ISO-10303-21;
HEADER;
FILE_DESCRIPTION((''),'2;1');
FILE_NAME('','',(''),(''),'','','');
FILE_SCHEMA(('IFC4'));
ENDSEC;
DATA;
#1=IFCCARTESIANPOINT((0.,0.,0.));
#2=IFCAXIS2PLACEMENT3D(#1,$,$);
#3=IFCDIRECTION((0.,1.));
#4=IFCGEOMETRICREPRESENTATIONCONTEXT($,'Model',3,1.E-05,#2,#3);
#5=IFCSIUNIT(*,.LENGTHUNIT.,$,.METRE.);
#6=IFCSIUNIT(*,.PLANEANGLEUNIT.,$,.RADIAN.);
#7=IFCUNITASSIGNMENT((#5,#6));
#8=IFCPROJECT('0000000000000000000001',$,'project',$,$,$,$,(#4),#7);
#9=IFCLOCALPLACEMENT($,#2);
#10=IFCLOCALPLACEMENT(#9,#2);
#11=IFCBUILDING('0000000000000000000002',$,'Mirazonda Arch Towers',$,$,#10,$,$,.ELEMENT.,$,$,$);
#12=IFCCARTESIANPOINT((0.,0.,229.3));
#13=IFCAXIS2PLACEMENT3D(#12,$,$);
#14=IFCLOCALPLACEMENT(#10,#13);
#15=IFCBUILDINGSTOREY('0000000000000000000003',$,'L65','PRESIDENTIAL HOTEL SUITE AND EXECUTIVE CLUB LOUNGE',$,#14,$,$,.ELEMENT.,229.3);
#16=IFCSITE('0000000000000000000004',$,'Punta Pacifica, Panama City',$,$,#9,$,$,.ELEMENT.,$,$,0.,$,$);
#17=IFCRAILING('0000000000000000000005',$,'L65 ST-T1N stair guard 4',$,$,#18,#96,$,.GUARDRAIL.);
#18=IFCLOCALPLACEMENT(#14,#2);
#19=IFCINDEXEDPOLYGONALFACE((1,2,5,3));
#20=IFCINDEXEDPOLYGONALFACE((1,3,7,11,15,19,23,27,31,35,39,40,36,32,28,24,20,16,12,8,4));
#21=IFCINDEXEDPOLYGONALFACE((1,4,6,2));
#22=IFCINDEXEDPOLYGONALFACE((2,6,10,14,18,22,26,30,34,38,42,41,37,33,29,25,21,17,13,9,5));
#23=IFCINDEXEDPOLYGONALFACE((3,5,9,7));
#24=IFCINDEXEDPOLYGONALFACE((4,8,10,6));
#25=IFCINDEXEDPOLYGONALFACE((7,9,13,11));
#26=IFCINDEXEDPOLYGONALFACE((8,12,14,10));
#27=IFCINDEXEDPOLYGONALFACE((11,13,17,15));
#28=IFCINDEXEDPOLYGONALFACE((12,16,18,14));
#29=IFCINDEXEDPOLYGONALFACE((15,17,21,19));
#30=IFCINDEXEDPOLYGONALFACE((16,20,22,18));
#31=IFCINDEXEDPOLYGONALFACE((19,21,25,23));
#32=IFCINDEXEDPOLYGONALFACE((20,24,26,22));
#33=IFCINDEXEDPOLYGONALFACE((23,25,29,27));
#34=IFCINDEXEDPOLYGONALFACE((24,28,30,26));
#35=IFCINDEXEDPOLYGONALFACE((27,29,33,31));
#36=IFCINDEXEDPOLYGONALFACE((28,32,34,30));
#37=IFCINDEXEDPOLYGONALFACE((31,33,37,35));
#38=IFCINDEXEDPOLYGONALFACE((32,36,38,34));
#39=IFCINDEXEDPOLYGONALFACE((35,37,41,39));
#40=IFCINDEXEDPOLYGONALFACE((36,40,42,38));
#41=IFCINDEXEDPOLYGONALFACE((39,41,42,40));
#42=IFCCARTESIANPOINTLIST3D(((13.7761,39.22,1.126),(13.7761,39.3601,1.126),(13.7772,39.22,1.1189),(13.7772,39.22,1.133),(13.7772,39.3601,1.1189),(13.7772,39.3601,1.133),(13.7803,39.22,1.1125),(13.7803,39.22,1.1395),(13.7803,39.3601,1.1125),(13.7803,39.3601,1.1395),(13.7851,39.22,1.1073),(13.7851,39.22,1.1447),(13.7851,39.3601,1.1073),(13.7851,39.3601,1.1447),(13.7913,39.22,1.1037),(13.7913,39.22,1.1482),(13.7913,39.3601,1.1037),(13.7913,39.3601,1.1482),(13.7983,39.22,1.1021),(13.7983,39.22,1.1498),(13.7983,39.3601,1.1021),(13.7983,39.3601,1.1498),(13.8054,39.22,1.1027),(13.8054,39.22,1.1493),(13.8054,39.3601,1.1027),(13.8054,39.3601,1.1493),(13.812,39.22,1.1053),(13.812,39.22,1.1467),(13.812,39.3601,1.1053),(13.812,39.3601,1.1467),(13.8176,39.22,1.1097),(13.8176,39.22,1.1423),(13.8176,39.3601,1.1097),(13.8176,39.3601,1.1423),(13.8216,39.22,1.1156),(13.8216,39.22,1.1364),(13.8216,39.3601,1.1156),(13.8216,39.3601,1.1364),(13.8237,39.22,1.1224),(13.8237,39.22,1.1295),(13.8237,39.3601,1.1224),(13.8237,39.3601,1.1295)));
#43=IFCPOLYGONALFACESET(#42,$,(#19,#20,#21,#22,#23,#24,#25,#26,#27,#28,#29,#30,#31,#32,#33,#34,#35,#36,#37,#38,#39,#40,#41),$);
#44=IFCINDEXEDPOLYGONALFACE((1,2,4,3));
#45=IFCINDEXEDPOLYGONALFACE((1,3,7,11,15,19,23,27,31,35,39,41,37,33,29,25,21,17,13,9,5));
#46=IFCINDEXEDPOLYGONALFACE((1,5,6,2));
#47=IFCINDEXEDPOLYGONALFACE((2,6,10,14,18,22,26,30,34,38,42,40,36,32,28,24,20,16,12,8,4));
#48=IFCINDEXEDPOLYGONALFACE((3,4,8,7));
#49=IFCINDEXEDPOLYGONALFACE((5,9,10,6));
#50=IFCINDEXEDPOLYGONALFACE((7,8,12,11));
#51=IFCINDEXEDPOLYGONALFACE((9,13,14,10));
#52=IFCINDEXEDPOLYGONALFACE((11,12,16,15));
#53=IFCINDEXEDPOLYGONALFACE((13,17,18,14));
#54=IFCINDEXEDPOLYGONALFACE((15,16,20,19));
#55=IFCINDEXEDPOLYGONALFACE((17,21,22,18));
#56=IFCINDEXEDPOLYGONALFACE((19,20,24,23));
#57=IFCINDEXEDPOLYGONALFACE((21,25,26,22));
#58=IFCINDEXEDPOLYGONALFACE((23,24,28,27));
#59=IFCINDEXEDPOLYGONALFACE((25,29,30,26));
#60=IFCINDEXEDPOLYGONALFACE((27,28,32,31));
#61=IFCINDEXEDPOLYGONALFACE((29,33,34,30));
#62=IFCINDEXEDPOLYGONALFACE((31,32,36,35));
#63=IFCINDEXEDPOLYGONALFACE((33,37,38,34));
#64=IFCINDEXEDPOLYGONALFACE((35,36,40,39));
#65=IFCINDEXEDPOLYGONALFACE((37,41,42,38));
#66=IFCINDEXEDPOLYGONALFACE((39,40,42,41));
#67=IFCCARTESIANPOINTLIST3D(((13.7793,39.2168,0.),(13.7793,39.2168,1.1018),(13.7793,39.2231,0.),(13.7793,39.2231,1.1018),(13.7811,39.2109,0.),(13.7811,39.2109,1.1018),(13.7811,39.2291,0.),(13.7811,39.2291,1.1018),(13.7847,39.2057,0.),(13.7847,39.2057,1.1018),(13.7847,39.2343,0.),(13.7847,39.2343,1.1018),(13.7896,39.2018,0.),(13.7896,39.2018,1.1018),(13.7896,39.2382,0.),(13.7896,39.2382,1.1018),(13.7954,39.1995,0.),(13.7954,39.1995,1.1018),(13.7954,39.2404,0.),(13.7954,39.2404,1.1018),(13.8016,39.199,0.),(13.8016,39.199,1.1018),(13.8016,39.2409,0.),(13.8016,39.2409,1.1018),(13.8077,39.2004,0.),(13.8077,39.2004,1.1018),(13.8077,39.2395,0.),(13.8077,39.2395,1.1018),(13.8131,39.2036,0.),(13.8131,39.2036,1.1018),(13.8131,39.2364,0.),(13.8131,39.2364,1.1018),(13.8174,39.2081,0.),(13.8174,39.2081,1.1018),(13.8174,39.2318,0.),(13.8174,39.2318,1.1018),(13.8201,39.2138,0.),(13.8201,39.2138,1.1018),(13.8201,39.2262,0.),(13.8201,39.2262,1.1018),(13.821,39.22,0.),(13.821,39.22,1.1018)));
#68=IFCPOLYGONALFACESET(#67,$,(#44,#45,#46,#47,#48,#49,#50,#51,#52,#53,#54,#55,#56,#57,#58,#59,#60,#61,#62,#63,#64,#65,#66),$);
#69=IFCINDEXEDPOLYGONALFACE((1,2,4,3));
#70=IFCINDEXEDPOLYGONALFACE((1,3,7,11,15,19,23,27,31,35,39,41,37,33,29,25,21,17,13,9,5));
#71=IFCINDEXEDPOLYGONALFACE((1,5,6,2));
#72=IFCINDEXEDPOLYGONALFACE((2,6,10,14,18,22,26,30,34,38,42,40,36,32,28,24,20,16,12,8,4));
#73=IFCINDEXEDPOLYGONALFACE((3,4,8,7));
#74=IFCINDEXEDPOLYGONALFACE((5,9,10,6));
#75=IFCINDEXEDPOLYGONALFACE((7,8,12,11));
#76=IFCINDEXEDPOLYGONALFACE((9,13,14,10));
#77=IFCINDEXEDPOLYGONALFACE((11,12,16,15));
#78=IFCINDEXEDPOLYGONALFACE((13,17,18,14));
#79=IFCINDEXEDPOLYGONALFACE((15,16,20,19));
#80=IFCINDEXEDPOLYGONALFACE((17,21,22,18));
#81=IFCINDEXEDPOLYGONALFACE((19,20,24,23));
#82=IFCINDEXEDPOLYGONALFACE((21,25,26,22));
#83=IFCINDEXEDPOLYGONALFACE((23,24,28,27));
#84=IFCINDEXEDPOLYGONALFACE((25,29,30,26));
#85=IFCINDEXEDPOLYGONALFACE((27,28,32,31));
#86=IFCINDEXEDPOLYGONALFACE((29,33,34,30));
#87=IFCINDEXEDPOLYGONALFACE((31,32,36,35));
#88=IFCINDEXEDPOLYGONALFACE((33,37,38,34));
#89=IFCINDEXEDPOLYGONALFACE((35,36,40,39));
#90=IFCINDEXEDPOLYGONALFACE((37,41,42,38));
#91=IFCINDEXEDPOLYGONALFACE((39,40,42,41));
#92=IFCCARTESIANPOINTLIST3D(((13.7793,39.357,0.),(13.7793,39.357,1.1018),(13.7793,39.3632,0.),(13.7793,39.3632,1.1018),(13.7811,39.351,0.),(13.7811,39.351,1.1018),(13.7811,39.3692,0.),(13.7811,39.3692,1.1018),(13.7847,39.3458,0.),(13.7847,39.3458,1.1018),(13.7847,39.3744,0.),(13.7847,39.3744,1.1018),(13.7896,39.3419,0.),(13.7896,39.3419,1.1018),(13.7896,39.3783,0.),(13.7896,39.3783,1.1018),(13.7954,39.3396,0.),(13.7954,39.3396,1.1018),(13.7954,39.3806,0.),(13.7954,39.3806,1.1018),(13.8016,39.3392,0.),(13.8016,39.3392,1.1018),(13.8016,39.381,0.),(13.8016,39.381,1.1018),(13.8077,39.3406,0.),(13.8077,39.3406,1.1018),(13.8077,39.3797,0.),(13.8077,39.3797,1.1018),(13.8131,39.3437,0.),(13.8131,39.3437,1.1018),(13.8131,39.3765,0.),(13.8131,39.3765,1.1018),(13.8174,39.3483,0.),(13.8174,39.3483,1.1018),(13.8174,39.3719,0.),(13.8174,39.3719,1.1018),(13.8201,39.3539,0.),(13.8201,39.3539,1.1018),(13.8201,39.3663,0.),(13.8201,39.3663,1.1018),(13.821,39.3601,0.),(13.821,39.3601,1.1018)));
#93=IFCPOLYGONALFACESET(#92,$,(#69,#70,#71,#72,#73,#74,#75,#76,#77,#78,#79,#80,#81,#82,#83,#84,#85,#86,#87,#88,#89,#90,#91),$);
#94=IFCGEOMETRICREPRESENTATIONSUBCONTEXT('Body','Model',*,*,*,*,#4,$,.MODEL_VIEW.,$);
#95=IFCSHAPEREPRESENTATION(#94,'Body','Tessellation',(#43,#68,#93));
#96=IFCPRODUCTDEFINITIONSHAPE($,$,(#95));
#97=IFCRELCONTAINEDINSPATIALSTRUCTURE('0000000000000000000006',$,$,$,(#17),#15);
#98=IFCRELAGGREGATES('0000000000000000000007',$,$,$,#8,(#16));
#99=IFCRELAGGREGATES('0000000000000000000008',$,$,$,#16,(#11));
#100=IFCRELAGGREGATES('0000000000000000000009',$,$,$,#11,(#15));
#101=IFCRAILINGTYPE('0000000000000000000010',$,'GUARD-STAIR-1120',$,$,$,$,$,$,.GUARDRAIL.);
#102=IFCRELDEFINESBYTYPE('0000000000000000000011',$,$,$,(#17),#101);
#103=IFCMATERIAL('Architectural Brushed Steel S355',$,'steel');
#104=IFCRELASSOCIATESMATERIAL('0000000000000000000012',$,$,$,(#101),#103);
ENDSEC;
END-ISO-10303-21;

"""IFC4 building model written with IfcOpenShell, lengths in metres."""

from ifc_helpers import new_model, si_unit, direction, frame, origin, origin_2d, place, context, subcontext, project, spatial, circle, extrude, material, type_object, element, save


model = new_model("IFC4")

# Units and contexts
model_context = context("Model", 3, precision=1e-05, world=origin(), true_north=direction((0.0, 1.0)))
body_context = subcontext(model_context, "Body", "Model", "MODEL_VIEW")
ifc_project = project(units=[si_unit("LENGTHUNIT", "METRE"), si_unit("PLANEANGLEUNIT", "RADIAN")], contexts=[model_context])

# Site, building, storey
site_placement = place(None, origin())
site = spatial("IfcSite", under=ifc_project, at=site_placement, Name="Punta Pacifica, Panama City", CompositionType="ELEMENT", RefElevation=0.0)
building_placement = place(site_placement, origin())
building = spatial("IfcBuilding", under=site, at=building_placement, Name="Mirazonda Arch Towers", CompositionType="ELEMENT")
storey_placement = place(building_placement, frame((0.0, 0.0, 229.3)))
storey = spatial("IfcBuildingStorey", under=building, at=storey_placement, Name="L65", Description="PRESIDENTIAL HOTEL SUITE AND EXECUTIVE CLUB LOUNGE", CompositionType="ELEMENT", Elevation=229.3)

# Shared definitions
ifc_material_1 = material(Name="Architectural Brushed Steel S355", Category="steel")

# Railing
railing_type_1 = type_object("IfcRailingType", Name="GUARD-STAIR-1120", PredefinedType="GUARDRAIL", material=ifc_material_1)
railing_1_placement = place(storey_placement, frame((13.8, 39.22, 0.0)))
element("IfcRailing", 1, at=railing_1_placement, inside=storey, type_object=railing_type_1, Name="L65 ST-T1N stair guard 4", PredefinedType="GUARDRAIL", context=body_context, shape_type="SweptSolid", body=[
    extrude(circle(Radius=0.0239, at=origin_2d()), frame((0.0, 0.0, 1.126), z_axis=(0.0, 1.0, 0.0), x_axis=(-1.0, 0.0, 0.0)), (0.0, 0.0, 1.0), 0.1401),
    extrude(circle(Radius=0.021, at=origin_2d()), origin(), (0.0, 0.0, 1.0), 1.1018),
    extrude(circle(Radius=0.021, at=origin_2d()), frame((0.0, 0.1401, 0.0)), (0.0, 0.0, 1.0), 1.1018),
])

save(model, "model.ifc")
